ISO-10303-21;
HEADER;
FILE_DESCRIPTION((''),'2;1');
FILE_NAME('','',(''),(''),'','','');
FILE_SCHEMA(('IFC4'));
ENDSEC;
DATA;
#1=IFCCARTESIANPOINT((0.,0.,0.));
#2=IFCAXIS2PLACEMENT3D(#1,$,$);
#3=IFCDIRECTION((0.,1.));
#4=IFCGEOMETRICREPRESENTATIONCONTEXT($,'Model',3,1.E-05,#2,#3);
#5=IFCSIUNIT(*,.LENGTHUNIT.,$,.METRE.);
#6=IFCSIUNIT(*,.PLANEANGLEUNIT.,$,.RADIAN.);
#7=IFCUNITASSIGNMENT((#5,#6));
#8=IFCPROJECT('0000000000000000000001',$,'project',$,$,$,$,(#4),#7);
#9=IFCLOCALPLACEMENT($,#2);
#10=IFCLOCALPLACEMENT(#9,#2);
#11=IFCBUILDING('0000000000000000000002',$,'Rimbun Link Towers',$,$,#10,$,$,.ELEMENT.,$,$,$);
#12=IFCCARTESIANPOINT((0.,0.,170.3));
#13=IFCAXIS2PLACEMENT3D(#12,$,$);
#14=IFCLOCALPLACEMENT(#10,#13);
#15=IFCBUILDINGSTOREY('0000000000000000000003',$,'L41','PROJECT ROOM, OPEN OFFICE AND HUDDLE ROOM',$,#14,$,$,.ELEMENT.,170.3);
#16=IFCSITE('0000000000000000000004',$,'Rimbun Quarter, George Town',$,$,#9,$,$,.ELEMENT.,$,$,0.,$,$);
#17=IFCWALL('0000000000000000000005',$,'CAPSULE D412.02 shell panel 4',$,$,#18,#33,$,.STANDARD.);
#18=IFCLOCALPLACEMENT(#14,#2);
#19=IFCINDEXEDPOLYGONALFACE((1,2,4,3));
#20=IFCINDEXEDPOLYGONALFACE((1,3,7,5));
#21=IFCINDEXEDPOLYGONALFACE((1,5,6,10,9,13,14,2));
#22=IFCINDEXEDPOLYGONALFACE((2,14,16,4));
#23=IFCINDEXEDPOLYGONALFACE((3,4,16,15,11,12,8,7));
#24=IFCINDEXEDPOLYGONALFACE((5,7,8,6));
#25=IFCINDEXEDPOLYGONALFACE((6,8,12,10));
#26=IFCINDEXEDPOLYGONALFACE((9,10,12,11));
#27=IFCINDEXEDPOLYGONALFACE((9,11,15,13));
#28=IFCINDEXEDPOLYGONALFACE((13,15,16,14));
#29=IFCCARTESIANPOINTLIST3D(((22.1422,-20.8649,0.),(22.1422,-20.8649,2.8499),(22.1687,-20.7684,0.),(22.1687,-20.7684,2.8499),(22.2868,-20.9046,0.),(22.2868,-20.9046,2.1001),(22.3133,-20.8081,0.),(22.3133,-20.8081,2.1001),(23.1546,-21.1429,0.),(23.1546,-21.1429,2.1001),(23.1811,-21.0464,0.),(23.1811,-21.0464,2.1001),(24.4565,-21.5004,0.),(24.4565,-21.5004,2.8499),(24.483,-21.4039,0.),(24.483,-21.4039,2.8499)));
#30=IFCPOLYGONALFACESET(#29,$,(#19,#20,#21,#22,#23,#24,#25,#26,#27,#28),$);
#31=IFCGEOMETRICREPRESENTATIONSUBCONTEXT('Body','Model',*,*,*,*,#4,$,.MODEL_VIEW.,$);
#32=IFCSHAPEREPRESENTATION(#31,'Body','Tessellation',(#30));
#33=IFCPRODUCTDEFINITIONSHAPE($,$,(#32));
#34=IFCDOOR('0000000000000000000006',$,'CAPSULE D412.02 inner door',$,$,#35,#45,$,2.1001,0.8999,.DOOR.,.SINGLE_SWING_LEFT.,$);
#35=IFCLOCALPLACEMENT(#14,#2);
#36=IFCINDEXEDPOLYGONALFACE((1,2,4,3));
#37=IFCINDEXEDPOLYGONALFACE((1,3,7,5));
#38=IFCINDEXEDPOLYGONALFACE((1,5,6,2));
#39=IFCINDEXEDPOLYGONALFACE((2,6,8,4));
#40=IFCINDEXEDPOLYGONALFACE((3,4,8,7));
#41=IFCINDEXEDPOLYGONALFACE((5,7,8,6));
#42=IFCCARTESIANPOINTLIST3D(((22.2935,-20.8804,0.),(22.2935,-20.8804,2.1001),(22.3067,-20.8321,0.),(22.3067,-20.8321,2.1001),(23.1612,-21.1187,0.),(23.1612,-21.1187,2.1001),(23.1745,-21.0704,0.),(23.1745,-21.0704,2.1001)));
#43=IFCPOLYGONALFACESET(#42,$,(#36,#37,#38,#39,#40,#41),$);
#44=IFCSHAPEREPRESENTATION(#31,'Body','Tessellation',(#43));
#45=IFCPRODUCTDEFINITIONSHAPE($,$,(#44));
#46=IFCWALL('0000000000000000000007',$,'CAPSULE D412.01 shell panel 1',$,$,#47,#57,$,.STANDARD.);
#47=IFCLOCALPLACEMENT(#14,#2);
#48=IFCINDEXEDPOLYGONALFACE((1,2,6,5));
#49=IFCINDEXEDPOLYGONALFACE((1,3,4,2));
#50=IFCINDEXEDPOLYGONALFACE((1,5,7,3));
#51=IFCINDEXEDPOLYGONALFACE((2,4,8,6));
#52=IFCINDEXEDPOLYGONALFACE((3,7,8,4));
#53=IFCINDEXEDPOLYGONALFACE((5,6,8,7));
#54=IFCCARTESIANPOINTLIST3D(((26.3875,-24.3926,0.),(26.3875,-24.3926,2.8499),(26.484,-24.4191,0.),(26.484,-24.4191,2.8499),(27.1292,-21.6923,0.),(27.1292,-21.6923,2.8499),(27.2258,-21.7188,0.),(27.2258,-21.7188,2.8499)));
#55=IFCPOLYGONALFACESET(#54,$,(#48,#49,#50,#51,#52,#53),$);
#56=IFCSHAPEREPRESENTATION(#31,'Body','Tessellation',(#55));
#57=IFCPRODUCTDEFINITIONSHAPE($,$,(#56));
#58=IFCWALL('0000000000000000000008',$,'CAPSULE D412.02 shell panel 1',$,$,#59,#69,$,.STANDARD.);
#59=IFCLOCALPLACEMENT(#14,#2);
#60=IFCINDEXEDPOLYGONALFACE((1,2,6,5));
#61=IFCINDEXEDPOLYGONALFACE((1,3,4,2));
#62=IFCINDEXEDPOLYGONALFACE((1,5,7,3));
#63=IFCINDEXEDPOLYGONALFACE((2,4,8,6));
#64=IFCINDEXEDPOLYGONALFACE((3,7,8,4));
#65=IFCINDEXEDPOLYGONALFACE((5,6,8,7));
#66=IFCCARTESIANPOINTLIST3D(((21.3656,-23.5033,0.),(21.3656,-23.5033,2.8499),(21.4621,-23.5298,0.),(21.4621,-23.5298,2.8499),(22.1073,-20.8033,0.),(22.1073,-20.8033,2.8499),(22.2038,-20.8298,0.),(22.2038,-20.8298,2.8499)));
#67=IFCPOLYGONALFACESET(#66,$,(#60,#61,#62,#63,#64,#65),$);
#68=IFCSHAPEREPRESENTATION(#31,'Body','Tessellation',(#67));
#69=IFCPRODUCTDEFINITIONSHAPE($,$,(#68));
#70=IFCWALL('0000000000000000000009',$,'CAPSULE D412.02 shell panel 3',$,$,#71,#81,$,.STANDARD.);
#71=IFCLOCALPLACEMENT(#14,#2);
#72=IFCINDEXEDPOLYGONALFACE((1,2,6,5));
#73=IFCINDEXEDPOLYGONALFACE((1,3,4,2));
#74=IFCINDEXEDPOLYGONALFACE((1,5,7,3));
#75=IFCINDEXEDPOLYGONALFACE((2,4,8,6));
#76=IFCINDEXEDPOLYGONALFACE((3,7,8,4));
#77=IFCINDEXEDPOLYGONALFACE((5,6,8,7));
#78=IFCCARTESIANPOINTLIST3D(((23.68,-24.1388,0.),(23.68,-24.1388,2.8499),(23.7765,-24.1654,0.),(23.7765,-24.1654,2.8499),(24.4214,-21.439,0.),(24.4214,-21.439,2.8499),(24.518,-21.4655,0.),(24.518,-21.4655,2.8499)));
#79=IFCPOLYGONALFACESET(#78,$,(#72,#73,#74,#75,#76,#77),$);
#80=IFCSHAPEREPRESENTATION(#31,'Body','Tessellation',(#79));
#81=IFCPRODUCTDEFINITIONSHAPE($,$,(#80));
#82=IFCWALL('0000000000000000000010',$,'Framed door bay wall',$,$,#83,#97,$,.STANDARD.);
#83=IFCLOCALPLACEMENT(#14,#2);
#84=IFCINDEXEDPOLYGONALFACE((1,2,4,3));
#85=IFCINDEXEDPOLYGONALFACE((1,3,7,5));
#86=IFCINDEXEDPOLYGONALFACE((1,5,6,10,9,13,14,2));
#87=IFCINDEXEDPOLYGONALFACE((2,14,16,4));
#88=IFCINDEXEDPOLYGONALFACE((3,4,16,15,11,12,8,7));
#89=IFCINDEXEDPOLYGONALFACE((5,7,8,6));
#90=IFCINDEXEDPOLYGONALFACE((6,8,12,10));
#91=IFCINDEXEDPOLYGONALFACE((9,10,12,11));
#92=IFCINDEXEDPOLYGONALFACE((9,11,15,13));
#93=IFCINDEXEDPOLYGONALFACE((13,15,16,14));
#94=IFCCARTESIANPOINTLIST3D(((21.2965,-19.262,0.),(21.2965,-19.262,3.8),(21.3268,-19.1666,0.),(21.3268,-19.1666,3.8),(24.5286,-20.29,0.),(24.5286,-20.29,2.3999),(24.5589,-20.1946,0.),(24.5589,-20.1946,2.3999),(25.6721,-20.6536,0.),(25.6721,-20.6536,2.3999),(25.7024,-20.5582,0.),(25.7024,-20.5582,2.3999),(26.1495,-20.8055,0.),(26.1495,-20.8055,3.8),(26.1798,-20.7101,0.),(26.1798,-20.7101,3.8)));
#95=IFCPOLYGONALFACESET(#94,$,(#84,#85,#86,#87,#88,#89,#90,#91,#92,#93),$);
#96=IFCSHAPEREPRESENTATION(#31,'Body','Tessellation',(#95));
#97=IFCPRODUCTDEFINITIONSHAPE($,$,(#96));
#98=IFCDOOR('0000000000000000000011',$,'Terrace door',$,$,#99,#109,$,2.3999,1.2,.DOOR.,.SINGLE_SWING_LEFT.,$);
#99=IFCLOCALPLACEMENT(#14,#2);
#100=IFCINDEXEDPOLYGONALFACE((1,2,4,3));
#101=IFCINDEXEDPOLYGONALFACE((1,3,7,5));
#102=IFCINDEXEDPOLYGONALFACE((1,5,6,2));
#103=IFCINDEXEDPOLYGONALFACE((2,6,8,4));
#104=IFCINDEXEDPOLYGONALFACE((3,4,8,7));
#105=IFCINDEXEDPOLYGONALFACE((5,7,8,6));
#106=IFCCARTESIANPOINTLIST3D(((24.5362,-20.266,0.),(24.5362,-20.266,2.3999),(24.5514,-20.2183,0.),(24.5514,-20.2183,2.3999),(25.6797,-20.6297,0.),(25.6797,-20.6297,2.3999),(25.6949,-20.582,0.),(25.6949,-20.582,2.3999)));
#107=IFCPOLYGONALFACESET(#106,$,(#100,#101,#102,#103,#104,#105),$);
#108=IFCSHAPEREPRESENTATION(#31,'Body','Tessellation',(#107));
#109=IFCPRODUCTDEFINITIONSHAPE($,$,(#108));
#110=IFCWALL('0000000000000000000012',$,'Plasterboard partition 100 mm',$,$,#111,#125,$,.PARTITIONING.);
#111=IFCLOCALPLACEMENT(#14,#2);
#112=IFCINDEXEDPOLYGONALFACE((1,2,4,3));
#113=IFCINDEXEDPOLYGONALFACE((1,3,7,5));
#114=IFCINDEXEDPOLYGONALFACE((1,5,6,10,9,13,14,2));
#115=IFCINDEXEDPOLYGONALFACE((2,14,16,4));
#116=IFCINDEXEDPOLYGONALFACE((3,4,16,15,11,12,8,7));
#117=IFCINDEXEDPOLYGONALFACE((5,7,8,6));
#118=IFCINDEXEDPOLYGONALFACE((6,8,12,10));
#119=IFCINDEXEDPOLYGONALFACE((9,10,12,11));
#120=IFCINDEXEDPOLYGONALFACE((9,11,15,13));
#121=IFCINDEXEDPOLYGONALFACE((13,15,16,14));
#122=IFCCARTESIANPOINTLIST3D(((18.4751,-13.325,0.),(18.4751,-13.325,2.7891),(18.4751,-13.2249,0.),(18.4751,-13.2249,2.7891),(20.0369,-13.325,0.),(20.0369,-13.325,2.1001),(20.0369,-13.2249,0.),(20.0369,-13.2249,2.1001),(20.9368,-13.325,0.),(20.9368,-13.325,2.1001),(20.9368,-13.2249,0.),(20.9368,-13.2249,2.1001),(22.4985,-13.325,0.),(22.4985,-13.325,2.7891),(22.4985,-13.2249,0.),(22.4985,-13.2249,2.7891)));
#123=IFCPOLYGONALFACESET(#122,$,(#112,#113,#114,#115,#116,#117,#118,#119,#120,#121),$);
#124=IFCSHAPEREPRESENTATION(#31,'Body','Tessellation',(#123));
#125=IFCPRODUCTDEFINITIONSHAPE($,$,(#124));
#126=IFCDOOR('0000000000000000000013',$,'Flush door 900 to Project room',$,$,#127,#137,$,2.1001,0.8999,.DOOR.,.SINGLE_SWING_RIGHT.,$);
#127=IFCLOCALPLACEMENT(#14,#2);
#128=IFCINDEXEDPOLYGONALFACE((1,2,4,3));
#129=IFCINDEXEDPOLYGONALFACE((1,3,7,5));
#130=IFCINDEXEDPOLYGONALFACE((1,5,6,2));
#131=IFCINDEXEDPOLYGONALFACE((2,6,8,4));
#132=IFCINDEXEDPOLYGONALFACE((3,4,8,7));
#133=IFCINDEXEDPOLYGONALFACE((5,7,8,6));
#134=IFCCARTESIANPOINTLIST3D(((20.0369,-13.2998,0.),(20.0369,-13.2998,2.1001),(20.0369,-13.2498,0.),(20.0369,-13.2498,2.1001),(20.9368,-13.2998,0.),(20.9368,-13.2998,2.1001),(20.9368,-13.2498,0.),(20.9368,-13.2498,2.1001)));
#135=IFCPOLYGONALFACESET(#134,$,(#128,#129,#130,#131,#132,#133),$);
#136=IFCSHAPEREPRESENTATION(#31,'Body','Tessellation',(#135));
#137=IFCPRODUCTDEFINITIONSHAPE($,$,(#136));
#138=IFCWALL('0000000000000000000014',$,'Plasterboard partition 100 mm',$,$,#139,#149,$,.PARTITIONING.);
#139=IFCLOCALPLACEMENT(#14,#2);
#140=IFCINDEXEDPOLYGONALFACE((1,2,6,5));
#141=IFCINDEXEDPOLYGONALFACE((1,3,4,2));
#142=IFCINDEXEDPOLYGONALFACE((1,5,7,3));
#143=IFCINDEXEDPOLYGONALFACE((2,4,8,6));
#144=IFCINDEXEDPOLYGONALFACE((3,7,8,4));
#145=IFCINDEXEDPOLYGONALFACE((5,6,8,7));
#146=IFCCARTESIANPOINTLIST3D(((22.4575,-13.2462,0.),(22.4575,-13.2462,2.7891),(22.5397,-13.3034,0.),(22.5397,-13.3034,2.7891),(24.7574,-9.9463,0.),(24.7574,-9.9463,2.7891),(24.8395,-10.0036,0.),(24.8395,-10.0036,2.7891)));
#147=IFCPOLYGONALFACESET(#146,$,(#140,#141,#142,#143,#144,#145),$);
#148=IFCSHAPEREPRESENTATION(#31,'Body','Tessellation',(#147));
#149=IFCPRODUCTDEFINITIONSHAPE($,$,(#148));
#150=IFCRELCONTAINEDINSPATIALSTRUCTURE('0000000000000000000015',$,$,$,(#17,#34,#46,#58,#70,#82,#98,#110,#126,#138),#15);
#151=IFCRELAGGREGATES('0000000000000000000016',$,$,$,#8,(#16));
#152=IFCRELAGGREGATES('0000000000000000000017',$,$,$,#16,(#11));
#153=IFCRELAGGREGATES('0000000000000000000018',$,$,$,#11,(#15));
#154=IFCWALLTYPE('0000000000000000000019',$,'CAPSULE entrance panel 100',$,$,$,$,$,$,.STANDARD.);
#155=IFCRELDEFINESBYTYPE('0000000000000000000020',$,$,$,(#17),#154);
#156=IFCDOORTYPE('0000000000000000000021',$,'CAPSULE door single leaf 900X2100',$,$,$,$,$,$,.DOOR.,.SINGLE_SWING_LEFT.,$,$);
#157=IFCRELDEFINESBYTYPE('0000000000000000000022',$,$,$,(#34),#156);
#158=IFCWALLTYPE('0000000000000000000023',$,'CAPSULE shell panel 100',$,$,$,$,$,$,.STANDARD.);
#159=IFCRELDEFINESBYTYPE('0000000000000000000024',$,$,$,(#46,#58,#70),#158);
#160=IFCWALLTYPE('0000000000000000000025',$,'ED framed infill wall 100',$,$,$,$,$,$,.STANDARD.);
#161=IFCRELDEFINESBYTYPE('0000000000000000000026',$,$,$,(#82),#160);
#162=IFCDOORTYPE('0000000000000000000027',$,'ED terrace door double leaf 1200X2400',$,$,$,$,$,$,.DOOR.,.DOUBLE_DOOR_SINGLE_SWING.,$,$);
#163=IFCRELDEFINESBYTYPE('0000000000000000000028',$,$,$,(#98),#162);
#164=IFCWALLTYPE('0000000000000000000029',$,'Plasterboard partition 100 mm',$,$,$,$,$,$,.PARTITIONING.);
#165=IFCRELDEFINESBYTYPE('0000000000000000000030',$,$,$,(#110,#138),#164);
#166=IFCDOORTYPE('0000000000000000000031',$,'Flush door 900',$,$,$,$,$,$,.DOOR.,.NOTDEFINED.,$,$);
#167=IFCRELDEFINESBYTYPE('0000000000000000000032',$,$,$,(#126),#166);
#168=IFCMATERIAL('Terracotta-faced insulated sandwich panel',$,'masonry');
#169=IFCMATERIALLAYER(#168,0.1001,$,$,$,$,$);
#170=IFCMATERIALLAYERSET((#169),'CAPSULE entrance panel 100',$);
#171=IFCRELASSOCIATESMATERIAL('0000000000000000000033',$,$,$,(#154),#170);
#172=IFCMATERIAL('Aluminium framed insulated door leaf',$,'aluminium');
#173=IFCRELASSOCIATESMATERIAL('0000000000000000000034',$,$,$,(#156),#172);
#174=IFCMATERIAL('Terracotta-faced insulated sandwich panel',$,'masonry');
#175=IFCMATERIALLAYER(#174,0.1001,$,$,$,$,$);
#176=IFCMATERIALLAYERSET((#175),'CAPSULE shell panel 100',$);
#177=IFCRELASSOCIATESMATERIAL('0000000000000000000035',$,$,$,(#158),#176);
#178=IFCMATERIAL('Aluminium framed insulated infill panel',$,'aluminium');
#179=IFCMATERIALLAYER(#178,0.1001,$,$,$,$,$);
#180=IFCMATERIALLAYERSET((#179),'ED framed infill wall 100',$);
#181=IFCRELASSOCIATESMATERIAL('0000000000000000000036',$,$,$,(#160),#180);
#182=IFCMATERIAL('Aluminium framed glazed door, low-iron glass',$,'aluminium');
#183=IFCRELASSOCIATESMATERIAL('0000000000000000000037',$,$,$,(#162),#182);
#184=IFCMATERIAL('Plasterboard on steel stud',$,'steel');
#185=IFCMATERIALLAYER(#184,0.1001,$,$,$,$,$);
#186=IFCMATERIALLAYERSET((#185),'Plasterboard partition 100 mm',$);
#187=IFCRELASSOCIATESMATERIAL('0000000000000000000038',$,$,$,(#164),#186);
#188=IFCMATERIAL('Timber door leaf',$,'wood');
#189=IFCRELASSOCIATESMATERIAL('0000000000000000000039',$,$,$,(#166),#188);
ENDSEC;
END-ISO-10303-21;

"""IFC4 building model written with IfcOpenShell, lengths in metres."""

from ifc_helpers import new_model, si_unit, direction, frame, frame_2d, origin, place, context, subcontext, project, spatial, rectangle, extrude, material, layer, layer_set, type_object, element, fill, save


model = new_model("IFC4")

# Units and contexts
model_context = context("Model", 3, precision=1e-05, world=origin(), true_north=direction((0.0, 1.0)))
body_context = subcontext(model_context, "Body", "Model", "MODEL_VIEW")
ifc_project = project(units=[si_unit("LENGTHUNIT", "METRE"), si_unit("PLANEANGLEUNIT", "RADIAN")], contexts=[model_context])

# Site, building, storey
site_placement = place(None, origin())
site = spatial("IfcSite", under=ifc_project, at=site_placement, Name="Rimbun Quarter, George Town", CompositionType="ELEMENT", RefElevation=0.0)
building_placement = place(site_placement, origin())
building = spatial("IfcBuilding", under=site, at=building_placement, Name="Rimbun Link Towers", CompositionType="ELEMENT")
storey_placement = place(building_placement, frame((0.0, 0.0, 170.3)))
storey = spatial("IfcBuildingStorey", under=building, at=storey_placement, Name="L41", Description="PROJECT ROOM, OPEN OFFICE AND HUDDLE ROOM", CompositionType="ELEMENT", Elevation=170.3)

# Shared definitions
ifc_material_1 = material(Name="Terracotta-faced insulated sandwich panel", Category="masonry")
ifc_layer_1 = layer(ifc_material_1, 0.1001)
ifc_layer_set_1 = layer_set([ifc_layer_1], Name="CAPSULE entrance panel 100")
wall_type_1 = type_object("IfcWallType", Name="CAPSULE entrance panel 100", PredefinedType="STANDARD", material=ifc_layer_set_1)
ifc_material_2 = material(Name="Aluminium framed insulated door leaf", Category="aluminium")
door_type_1 = type_object("IfcDoorType", Name="CAPSULE door single leaf 900X2100", OperationType="SINGLE_SWING_LEFT", PredefinedType="DOOR", material=ifc_material_2)

# Wall, opening, door
wall_1_placement = place(storey_placement, frame((24.4697, -21.4521, 0.0), z_axis=(0.0, 0.0, 1.0), x_axis=(-0.964302, 0.264804, 0.0)))
wall_1 = element("IfcWall", 1, at=wall_1_placement, inside=storey, type_object=wall_type_1, Name="CAPSULE D412.02 shell panel 4", PredefinedType="STANDARD", context=body_context, shape_type="SweptSolid", body=[
    extrude(rectangle(XDim=2.3999, YDim=0.1001, at=frame_2d((1.2, 0.0))), origin(), (0.0, 0.0, 1.0), 2.8499),
])
opening_1_placement = place(wall_1_placement, frame((1.3501, 0.0, 0.0)))
opening_1 = element("IfcOpeningElement", 2, at=opening_1_placement, cuts=wall_1, PredefinedType="OPENING", context=body_context, shape_type="SweptSolid", body=[
    extrude(rectangle(XDim=0.8999, YDim=2.1001, at=frame_2d((0.45, 1.05))), frame((0.0, 0.0601, 0.0), z_axis=(0.0, -1.0, 0.0), x_axis=(1.0, 0.0, 0.0)), (0.0, 0.0, 1.0), 0.1201),
])
door_1_placement = place(opening_1_placement, origin())
door_1 = element("IfcDoor", 3, at=door_1_placement, inside=storey, type_object=door_type_1, Name="CAPSULE D412.02 inner door", OperationType="SINGLE_SWING_LEFT", OverallHeight=2.1001, OverallWidth=0.8999, PredefinedType="DOOR", context=body_context, shape_type="SweptSolid", body=[
    extrude(rectangle(XDim=0.8999, YDim=2.1001, at=frame_2d((0.45, 1.05))), frame((0.0, 0.0249, 0.0), z_axis=(0.0, -1.0, 0.0), x_axis=(1.0, 0.0, 0.0)), (0.0, 0.0, 1.0), 0.05),
])
fill(opening_1, door_1)

# Walls
ifc_material_3 = material(Name="Terracotta-faced insulated sandwich panel", Category="masonry")
ifc_layer_2 = layer(ifc_material_3, 0.1001)
ifc_layer_set_2 = layer_set([ifc_layer_2], Name="CAPSULE shell panel 100")
wall_type_2 = type_object("IfcWallType", Name="CAPSULE shell panel 100", PredefinedType="STANDARD", material=ifc_layer_set_2)
wall_2_placement = place(storey_placement, frame((27.1775, -21.7056, 0.0), z_axis=(0.0, 0.0, 1.0), x_axis=(-0.264873, -0.964283, 0.0)))
element("IfcWall", 4, at=wall_2_placement, inside=storey, type_object=wall_type_2, Name="CAPSULE D412.01 shell panel 1", PredefinedType="STANDARD", context=body_context, shape_type="SweptSolid", body=[
    extrude(rectangle(XDim=2.8003, YDim=0.1001, at=frame_2d((1.4001, 0.0))), origin(), (0.0, 0.0, 1.0), 2.8499),
])
wall_3_placement = place(storey_placement, frame((22.1555, -20.8167, 0.0), z_axis=(0.0, 0.0, 1.0), x_axis=(-0.264895, -0.964277, 0.0)))
element("IfcWall", 5, at=wall_3_placement, inside=storey, type_object=wall_type_2, Name="CAPSULE D412.02 shell panel 1", PredefinedType="STANDARD", context=body_context, shape_type="SweptSolid", body=[
    extrude(rectangle(XDim=2.8, YDim=0.1001, at=frame_2d((1.3999, 0.0))), origin(), (0.0, 0.0, 1.0), 2.8499),
])
wall_4_placement = place(storey_placement, frame((23.7283, -24.1521, 0.0), z_axis=(0.0, 0.0, 1.0), x_axis=(0.264814, 0.9643, 0.0)))
element("IfcWall", 6, at=wall_4_placement, inside=storey, type_object=wall_type_2, Name="CAPSULE D412.02 shell panel 3", PredefinedType="STANDARD", context=body_context, shape_type="SweptSolid", body=[
    extrude(rectangle(XDim=2.7998, YDim=0.1001, at=frame_2d((1.3999, 0.0))), origin(), (0.0, 0.0, 1.0), 2.8499),
])

# Walls, openings, doors
ifc_material_4 = material(Name="Aluminium framed insulated infill panel", Category="aluminium")
ifc_layer_3 = layer(ifc_material_4, 0.1001)
ifc_layer_set_3 = layer_set([ifc_layer_3], Name="ED framed infill wall 100")
wall_type_3 = type_object("IfcWallType", Name="ED framed infill wall 100", PredefinedType="STANDARD", material=ifc_layer_set_3)
wall_5_placement = place(storey_placement, frame((26.1648, -20.7578, 0.0), z_axis=(0.0, 0.0, 1.0), x_axis=(-0.952965, 0.303081, 0.0)))
wall_5 = element("IfcWall", 7, at=wall_5_placement, inside=storey, type_object=wall_type_3, Name="Framed door bay wall", PredefinedType="STANDARD", context=body_context, shape_type="SweptSolid", body=[
    extrude(rectangle(XDim=5.0925, YDim=0.1001, at=frame_2d((2.5464, 0.0))), origin(), (0.0, 0.0, 1.0), 3.8),
])
opening_2_placement = place(wall_5_placement, frame((0.501, 0.0, 0.0)))
opening_2 = element("IfcOpeningElement", 8, at=opening_2_placement, cuts=wall_5, PredefinedType="OPENING", context=body_context, shape_type="SweptSolid", body=[
    extrude(rectangle(XDim=1.2, YDim=2.3999, at=frame_2d((0.6001, 1.2))), frame((0.0, 0.0601, 0.0), z_axis=(0.0, -1.0, 0.0), x_axis=(1.0, 0.0, 0.0)), (0.0, 0.0, 1.0), 0.1201),
])
ifc_material_5 = material(Name="Aluminium framed glazed door, low-iron glass", Category="aluminium")
door_type_2 = type_object("IfcDoorType", Name="ED terrace door double leaf 1200X2400", OperationType="DOUBLE_DOOR_SINGLE_SWING", PredefinedType="DOOR", material=ifc_material_5)
door_2_placement = place(opening_2_placement, origin())
door_2 = element("IfcDoor", 9, at=door_2_placement, inside=storey, type_object=door_type_2, Name="Terrace door", OperationType="SINGLE_SWING_LEFT", OverallHeight=2.3999, OverallWidth=1.2, PredefinedType="DOOR", context=body_context, shape_type="SweptSolid", body=[
    extrude(rectangle(XDim=1.2, YDim=2.3999, at=frame_2d((0.6001, 1.2))), frame((0.0, 0.0249, 0.0), z_axis=(0.0, -1.0, 0.0), x_axis=(1.0, 0.0, 0.0)), (0.0, 0.0, 1.0), 0.05),
])
fill(opening_2, door_2)
ifc_material_6 = material(Name="Plasterboard on steel stud", Category="steel")
ifc_layer_4 = layer(ifc_material_6, 0.1001)
ifc_layer_set_4 = layer_set([ifc_layer_4], Name="Plasterboard partition 100 mm")
wall_type_4 = type_object("IfcWallType", Name="Plasterboard partition 100 mm", PredefinedType="PARTITIONING", material=ifc_layer_set_4)
wall_6_placement = place(storey_placement, frame((22.4985, -13.2749, 0.0), z_axis=(0.0, 0.0, 1.0), x_axis=(-1.0, 0.0, 0.0)))
wall_6 = element("IfcWall", 10, at=wall_6_placement, inside=storey, type_object=wall_type_4, Name="Plasterboard partition 100 mm", PredefinedType="PARTITIONING", context=body_context, shape_type="SweptSolid", body=[
    extrude(rectangle(XDim=4.0234, YDim=0.1001, at=frame_2d((2.0117, 0.0))), origin(), (0.0, 0.0, 1.0), 2.7891),
])
opening_3_placement = place(wall_6_placement, frame((1.5618, 0.0, 0.0)))
opening_3 = element("IfcOpeningElement", 11, at=opening_3_placement, cuts=wall_6, PredefinedType="OPENING", context=body_context, shape_type="SweptSolid", body=[
    extrude(rectangle(XDim=0.8999, YDim=2.1001, at=frame_2d((0.45, 1.05))), frame((0.0, 0.0601, 0.0), z_axis=(0.0, -1.0, 0.0), x_axis=(1.0, 0.0, 0.0)), (0.0, 0.0, 1.0), 0.1201),
])
ifc_material_7 = material(Name="Timber door leaf", Category="wood")
door_type_3 = type_object("IfcDoorType", Name="Flush door 900", OperationType="NOTDEFINED", PredefinedType="DOOR", material=ifc_material_7)
door_3_placement = place(opening_3_placement, origin())
door_3 = element("IfcDoor", 12, at=door_3_placement, inside=storey, type_object=door_type_3, Name="Flush door 900 to Project room", OperationType="SINGLE_SWING_RIGHT", OverallHeight=2.1001, OverallWidth=0.8999, PredefinedType="DOOR", context=body_context, shape_type="SweptSolid", body=[
    extrude(rectangle(XDim=0.8999, YDim=2.1001, at=frame_2d((0.45, 1.05))), frame((0.0, 0.0249, 0.0), z_axis=(0.0, -1.0, 0.0), x_axis=(1.0, 0.0, 0.0)), (0.0, 0.0, 1.0), 0.05),
])
fill(opening_3, door_3)

# Wall
wall_7_placement = place(storey_placement, frame((22.4985, -13.2749, 0.0), z_axis=(0.0, 0.0, 1.0), x_axis=(0.571783, 0.820405, 0.0)))
element("IfcWall", 13, at=wall_7_placement, inside=storey, type_object=wall_type_4, Name="Plasterboard partition 100 mm", PredefinedType="PARTITIONING", context=body_context, shape_type="SweptSolid", body=[
    extrude(rectangle(XDim=4.0222, YDim=0.1001, at=frame_2d((2.0112, 0.0))), origin(), (0.0, 0.0, 1.0), 2.7891),
])

save(model, "model.ifc")
